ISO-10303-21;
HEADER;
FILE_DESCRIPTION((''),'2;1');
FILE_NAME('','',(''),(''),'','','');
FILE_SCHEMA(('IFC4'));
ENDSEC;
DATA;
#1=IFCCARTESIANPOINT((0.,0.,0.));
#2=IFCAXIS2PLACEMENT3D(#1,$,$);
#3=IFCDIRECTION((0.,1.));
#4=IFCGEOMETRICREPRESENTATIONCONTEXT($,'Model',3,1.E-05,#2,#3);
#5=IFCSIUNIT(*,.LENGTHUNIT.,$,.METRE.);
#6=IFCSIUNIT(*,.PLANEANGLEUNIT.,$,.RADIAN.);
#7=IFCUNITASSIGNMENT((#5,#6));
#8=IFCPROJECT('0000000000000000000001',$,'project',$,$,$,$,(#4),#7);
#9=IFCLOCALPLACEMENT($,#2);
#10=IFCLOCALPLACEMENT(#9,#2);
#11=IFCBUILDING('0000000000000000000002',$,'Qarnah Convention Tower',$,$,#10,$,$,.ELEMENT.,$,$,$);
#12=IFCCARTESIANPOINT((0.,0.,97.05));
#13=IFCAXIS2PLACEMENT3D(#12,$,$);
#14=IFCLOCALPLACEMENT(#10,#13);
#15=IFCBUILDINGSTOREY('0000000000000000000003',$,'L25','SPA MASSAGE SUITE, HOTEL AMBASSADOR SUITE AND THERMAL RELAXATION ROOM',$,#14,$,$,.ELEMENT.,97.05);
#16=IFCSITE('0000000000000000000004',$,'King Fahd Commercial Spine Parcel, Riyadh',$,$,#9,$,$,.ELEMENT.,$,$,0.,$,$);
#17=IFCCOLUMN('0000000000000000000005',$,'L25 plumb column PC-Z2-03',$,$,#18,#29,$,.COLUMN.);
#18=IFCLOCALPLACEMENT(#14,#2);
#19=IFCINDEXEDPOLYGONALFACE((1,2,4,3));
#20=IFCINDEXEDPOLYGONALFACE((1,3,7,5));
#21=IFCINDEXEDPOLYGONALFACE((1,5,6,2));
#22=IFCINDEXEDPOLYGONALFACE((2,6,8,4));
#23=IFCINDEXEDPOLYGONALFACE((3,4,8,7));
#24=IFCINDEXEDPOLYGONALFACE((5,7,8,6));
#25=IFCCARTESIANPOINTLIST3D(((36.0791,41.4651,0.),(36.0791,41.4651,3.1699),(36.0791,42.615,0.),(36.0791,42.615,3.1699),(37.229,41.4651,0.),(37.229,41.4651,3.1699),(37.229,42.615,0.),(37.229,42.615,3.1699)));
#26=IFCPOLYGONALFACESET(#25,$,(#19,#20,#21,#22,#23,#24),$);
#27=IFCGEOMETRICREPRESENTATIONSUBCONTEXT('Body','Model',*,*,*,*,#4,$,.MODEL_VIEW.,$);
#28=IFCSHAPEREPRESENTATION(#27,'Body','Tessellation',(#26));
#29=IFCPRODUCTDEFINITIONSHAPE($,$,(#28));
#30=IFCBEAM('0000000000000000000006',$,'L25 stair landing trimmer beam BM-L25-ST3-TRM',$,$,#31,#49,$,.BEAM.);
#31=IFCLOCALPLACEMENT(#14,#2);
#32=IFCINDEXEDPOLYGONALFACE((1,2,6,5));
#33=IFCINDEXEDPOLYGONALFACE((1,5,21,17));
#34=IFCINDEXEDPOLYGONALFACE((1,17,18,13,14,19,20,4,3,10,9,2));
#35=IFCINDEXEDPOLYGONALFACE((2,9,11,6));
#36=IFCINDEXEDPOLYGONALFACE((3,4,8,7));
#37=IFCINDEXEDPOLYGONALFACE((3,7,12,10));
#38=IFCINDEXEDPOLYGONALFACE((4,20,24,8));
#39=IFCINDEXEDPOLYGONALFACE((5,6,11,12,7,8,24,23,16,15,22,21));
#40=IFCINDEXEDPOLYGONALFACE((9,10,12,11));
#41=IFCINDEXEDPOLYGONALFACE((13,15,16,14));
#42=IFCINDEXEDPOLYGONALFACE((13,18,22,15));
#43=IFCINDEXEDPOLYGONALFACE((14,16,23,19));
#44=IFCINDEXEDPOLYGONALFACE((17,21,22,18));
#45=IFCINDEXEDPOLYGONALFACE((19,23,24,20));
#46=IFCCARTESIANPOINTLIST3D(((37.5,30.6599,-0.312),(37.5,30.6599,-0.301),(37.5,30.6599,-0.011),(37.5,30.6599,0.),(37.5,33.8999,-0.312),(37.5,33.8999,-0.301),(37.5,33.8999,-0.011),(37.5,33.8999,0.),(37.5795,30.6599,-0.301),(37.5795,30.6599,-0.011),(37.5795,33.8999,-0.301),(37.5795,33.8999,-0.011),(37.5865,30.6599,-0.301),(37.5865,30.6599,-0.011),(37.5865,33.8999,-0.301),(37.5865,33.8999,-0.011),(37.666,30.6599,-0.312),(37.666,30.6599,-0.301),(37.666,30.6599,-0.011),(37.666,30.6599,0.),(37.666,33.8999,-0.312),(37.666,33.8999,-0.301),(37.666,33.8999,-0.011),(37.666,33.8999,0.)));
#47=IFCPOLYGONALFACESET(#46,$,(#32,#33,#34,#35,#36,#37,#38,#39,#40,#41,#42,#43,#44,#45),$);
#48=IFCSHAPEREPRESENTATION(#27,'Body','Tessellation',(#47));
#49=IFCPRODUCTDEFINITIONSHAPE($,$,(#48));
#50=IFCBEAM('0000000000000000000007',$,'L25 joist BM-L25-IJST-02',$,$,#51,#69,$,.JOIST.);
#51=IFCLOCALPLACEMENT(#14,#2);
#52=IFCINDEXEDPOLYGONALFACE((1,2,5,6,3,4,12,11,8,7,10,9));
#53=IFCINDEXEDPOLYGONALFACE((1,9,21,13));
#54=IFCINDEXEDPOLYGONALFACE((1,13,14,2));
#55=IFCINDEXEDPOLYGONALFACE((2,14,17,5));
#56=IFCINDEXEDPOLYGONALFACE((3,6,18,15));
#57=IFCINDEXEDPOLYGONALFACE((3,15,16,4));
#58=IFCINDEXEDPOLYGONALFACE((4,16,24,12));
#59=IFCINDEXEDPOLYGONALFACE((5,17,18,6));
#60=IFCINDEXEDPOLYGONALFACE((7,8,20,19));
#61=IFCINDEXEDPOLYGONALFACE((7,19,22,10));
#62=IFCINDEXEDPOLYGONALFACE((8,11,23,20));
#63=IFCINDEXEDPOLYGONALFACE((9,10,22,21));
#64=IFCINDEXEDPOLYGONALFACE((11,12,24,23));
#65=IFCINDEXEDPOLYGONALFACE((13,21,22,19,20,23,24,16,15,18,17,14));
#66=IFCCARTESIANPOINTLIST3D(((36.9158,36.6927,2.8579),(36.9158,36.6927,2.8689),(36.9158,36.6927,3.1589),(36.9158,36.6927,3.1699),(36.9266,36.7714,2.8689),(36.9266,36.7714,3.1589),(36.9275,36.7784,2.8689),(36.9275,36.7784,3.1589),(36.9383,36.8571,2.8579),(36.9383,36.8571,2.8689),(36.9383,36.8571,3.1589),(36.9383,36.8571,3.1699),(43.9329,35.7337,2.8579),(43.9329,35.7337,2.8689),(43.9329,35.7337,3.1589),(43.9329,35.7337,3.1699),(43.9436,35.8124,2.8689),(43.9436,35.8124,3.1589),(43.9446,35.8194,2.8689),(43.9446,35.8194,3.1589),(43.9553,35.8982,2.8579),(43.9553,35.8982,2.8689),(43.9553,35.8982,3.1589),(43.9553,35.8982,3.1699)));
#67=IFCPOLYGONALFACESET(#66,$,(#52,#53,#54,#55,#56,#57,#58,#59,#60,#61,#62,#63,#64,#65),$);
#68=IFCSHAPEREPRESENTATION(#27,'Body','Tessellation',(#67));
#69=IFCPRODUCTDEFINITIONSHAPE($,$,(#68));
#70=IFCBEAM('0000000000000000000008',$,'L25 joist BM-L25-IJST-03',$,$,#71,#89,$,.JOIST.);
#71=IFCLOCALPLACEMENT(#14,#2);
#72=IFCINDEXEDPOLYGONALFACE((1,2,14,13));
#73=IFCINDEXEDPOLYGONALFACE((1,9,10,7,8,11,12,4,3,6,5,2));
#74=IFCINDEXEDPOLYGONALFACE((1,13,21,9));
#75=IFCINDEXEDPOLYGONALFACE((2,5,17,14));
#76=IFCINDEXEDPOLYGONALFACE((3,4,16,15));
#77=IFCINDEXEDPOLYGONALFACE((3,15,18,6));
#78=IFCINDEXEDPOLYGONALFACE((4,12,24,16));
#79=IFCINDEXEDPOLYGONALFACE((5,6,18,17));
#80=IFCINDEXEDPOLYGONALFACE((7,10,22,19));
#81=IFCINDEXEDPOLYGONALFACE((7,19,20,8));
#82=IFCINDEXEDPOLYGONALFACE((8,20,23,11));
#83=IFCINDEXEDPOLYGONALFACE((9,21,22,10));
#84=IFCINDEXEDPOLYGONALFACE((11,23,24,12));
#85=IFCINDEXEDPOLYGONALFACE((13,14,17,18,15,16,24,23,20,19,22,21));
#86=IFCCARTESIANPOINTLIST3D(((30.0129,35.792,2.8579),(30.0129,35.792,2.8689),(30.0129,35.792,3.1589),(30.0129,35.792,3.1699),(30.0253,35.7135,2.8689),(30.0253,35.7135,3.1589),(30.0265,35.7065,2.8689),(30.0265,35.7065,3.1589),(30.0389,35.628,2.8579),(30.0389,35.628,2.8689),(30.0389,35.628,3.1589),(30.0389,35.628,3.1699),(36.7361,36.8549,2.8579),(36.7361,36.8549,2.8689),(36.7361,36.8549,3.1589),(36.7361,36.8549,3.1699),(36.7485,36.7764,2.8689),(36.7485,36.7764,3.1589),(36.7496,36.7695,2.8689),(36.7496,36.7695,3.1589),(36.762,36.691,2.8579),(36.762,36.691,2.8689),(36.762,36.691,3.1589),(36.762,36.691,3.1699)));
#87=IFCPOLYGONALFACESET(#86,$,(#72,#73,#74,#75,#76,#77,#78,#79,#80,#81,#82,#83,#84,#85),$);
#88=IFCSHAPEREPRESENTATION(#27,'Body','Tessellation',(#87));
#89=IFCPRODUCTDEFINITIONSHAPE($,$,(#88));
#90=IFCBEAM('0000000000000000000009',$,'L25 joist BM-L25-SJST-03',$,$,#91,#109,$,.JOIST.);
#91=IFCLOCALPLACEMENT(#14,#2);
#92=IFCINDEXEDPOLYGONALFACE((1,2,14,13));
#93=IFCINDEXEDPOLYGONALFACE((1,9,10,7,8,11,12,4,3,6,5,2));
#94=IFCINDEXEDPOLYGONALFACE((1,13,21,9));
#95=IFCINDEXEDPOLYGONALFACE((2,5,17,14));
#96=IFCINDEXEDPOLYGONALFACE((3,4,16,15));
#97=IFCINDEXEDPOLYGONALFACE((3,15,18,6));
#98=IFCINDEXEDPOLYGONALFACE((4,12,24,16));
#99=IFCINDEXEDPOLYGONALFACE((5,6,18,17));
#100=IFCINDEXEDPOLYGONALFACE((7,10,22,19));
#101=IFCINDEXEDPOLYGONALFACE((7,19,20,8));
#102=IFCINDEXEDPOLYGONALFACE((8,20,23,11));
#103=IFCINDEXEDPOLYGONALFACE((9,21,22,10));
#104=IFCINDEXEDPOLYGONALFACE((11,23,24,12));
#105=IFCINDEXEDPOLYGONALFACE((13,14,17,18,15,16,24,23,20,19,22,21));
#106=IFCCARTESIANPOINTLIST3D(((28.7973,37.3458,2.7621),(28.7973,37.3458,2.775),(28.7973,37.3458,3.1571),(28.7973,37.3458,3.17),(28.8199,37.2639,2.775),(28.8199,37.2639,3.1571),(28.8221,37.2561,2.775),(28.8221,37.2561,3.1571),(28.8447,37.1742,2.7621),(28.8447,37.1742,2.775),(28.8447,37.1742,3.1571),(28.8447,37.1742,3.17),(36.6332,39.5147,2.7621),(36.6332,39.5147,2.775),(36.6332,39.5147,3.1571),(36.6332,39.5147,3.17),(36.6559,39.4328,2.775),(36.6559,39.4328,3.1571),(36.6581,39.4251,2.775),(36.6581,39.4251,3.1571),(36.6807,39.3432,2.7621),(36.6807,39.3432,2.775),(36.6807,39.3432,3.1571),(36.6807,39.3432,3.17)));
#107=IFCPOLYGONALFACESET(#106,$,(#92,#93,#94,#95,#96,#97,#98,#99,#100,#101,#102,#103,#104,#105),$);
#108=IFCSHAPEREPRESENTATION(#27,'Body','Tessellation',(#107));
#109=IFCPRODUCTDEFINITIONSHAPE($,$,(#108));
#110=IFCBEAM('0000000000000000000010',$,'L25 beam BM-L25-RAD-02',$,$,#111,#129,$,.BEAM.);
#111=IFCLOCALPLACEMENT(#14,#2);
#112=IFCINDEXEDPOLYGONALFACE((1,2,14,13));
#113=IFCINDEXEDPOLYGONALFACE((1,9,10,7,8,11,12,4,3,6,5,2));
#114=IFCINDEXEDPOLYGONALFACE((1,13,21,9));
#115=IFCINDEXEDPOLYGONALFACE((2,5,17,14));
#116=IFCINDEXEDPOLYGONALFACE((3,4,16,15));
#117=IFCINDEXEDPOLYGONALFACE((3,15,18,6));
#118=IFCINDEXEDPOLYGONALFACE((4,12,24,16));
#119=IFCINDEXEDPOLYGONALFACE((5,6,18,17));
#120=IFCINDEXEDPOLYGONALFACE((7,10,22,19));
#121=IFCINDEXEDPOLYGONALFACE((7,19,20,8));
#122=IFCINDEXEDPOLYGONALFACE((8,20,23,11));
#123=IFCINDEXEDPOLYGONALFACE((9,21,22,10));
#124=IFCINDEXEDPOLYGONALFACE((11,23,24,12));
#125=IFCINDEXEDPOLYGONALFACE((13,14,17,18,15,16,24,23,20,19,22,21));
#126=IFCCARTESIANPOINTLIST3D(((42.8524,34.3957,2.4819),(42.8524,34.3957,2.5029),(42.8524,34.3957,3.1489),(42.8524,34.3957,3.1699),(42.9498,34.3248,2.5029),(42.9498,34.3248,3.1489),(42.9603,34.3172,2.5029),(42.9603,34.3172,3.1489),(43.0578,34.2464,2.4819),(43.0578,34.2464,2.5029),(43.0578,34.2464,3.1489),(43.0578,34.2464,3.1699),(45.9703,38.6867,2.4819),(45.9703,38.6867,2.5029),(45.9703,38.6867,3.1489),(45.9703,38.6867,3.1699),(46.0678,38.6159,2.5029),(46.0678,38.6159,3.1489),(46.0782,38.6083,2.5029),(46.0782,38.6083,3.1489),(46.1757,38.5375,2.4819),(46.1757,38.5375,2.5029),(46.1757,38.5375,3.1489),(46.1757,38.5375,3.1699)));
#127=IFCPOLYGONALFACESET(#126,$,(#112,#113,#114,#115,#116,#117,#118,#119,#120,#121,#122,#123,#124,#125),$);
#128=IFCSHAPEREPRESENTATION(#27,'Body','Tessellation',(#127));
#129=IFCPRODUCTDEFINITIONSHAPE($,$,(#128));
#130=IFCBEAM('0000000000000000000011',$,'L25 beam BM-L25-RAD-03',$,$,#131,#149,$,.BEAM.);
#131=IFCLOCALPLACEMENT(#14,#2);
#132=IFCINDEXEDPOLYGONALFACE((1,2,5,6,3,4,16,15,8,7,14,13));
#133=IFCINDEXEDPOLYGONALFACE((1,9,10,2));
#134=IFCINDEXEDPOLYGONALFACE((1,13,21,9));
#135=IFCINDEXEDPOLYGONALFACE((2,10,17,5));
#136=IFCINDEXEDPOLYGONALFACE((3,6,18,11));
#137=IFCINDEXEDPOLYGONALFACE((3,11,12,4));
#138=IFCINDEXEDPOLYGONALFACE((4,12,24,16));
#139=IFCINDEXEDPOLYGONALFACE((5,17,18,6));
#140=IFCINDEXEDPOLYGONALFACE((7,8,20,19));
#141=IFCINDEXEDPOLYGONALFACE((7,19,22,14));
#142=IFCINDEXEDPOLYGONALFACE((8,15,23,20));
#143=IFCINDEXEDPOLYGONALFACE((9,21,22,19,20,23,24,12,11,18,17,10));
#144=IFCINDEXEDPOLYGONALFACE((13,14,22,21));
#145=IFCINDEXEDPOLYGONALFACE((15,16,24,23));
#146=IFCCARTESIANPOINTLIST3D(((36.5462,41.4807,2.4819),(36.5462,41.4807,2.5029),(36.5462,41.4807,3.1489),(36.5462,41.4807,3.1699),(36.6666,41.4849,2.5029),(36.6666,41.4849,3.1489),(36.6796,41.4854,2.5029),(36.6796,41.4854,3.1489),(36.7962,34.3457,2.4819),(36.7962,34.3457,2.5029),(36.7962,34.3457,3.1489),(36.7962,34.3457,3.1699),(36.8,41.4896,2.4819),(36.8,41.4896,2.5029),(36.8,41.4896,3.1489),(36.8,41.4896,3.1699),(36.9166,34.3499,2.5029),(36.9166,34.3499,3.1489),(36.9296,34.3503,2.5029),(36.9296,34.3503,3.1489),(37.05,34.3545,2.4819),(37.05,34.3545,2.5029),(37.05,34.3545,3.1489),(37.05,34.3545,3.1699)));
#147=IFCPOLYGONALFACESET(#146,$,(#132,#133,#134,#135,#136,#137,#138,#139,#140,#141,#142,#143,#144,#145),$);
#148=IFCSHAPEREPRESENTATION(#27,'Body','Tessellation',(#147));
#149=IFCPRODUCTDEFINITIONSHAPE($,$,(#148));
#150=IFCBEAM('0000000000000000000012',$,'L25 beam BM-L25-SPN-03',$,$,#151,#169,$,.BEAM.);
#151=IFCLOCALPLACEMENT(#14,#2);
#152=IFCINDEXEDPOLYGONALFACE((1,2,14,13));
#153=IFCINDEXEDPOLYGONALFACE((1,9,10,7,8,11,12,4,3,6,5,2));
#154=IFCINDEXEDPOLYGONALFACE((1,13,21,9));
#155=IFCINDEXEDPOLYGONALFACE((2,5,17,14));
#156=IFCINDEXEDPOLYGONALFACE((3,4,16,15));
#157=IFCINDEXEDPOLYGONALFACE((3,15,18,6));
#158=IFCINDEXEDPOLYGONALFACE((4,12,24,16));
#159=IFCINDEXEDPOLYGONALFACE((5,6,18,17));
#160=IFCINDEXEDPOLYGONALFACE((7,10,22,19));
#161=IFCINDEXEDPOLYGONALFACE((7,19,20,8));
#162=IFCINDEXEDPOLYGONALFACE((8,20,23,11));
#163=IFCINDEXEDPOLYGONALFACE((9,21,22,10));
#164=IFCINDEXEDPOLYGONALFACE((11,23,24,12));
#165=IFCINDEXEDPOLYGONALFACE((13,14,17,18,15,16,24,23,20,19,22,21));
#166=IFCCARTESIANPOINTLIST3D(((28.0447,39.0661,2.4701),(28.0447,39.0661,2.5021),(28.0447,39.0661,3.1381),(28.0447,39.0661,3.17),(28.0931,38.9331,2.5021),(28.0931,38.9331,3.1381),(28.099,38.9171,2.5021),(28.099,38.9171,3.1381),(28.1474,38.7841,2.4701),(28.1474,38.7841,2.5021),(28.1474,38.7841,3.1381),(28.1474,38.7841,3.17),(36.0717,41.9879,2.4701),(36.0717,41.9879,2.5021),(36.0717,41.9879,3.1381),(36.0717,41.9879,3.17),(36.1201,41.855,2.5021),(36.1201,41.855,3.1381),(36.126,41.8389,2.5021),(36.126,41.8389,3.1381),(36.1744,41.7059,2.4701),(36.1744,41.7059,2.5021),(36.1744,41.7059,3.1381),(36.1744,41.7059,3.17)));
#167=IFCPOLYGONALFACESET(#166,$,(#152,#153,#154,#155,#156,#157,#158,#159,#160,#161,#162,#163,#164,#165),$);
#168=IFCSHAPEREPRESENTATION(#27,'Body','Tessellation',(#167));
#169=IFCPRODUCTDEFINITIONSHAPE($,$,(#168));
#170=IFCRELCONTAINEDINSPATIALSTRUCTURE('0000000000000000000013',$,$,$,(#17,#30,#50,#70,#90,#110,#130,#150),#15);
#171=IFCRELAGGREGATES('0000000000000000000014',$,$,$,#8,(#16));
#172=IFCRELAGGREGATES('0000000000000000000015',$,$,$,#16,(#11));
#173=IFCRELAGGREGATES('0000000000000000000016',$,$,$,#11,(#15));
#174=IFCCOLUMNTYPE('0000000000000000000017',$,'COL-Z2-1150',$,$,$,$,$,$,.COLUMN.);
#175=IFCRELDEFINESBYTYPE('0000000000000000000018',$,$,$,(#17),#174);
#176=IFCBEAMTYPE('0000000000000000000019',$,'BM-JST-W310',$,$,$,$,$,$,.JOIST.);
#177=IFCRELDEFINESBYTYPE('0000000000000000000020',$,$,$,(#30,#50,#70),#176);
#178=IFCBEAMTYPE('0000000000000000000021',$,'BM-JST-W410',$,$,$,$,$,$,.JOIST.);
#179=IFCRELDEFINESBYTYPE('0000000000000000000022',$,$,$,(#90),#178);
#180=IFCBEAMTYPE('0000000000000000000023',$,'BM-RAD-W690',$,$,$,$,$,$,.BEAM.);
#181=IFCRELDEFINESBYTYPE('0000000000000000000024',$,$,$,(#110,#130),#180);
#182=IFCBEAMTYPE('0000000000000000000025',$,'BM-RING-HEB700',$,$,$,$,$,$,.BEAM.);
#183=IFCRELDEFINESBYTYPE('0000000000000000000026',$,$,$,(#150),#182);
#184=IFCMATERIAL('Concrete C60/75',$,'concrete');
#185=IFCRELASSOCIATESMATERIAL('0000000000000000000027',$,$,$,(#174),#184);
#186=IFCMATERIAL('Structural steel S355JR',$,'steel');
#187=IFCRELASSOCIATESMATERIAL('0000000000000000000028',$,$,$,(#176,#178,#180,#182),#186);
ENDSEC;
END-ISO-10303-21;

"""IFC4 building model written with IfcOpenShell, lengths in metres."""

from ifc_helpers import new_model, si_unit, direction, frame, origin, origin_2d, place, context, subcontext, project, spatial, rectangle, i_section, extrude, material, material_profile, profile_set, type_object, element, save


model = new_model("IFC4")

# Units and contexts
model_context = context("Model", 3, precision=1e-05, world=origin(), true_north=direction((0.0, 1.0)))
body_context = subcontext(model_context, "Body", "Model", "MODEL_VIEW")
ifc_project = project(units=[si_unit("LENGTHUNIT", "METRE"), si_unit("PLANEANGLEUNIT", "RADIAN")], contexts=[model_context])

# Site, building, storey
site_placement = place(None, origin())
site = spatial("IfcSite", under=ifc_project, at=site_placement, Name="King Fahd Commercial Spine Parcel, Riyadh", CompositionType="ELEMENT", RefElevation=0.0)
building_placement = place(site_placement, origin())
building = spatial("IfcBuilding", under=site, at=building_placement, Name="Qarnah Convention Tower", CompositionType="ELEMENT")
storey_placement = place(building_placement, frame((0.0, 0.0, 97.05)))
storey = spatial("IfcBuildingStorey", under=building, at=storey_placement, Name="L25", Description="SPA MASSAGE SUITE, HOTEL AMBASSADOR SUITE AND THERMAL RELAXATION ROOM", CompositionType="ELEMENT", Elevation=97.05)

# Column
ifc_material_1 = material(Name="Concrete C60/75", Category="concrete")
ifc_material_profile_1 = material_profile(ifc_material_1, rectangle(XDim=1.1499, YDim=1.1499, at=origin_2d()), Name="RC-COL-1150X1150")
ifc_profile_set_1 = profile_set([ifc_material_profile_1], Name="Concrete C60/75")
column_type = type_object("IfcColumnType", Name="COL-Z2-1150", PredefinedType="COLUMN", material=ifc_profile_set_1)
column_placement = place(storey_placement, frame((36.6541, 42.04, 0.0), z_axis=(0.0, 0.0, 1.0), x_axis=(1.0, 0.0, 0.0)))
element("IfcColumn", 1, at=column_placement, inside=storey, type_object=column_type, Name="L25 plumb column PC-Z2-03", PredefinedType="COLUMN", context=body_context, shape_type="SweptSolid", body=[
    extrude(rectangle(XDim=1.1499, YDim=1.1499, at=origin_2d()), origin(), (0.0, 0.0, 1.0), 3.1699),
])

# Beams
ifc_material_2 = material(Name="Structural steel S355JR", Category="steel")
ifc_material_profile_2 = material_profile(ifc_material_2, i_section(OverallWidth=0.166, OverallDepth=0.312, WebThickness=0.0071, FlangeThickness=0.011, at=origin_2d()), Name="W310X45")
ifc_profile_set_2 = profile_set([ifc_material_profile_2], Name="Structural steel S355JR")
beam_type_1 = type_object("IfcBeamType", Name="BM-JST-W310", PredefinedType="JOIST", material=ifc_profile_set_2)
beam_1_placement = place(storey_placement, frame((37.583, 30.6599, -0.156), z_axis=(0.0, 1.0, 0.0), x_axis=(-1.0, 0.0, 0.0)))
element("IfcBeam", 2, at=beam_1_placement, inside=storey, type_object=beam_type_1, Name="L25 stair landing trimmer beam BM-L25-ST3-TRM", PredefinedType="BEAM", context=body_context, shape_type="SweptSolid", body=[
    extrude(i_section(OverallWidth=0.166, OverallDepth=0.312, WebThickness=0.0071, FlangeThickness=0.011, at=origin_2d()), origin(), (0.0, 0.0, 1.0), 3.24),
])
beam_2_placement = place(storey_placement, frame((43.9441, 35.8159, 3.0139), z_axis=(-0.99079, 0.135405, 0.0), x_axis=(-0.135405, -0.99079, 0.0)))
element("IfcBeam", 3, at=beam_2_placement, inside=storey, type_object=beam_type_1, Name="L25 joist BM-L25-IJST-02", PredefinedType="JOIST", context=body_context, shape_type="SweptSolid", body=[
    extrude(i_section(OverallWidth=0.166, OverallDepth=0.312, WebThickness=0.0071, FlangeThickness=0.011, at=origin_2d()), origin(), (0.0, 0.0, 1.0), 7.0823),
])
beam_3_placement = place(storey_placement, frame((36.749, 36.7729, 3.0139), z_axis=(-0.98773, -0.156169, 0.0), x_axis=(0.156169, -0.98773, 0.0)))
element("IfcBeam", 4, at=beam_3_placement, inside=storey, type_object=beam_type_1, Name="L25 joist BM-L25-IJST-03", PredefinedType="JOIST", context=body_context, shape_type="SweptSolid", body=[
    extrude(i_section(OverallWidth=0.166, OverallDepth=0.312, WebThickness=0.0071, FlangeThickness=0.011, at=origin_2d()), origin(), (0.0, 0.0, 1.0), 6.8066),
])
ifc_material_profile_3 = material_profile(ifc_material_2, i_section(OverallWidth=0.178, OverallDepth=0.408, WebThickness=0.0081, FlangeThickness=0.0129, at=origin_2d()), Name="W410X60")
ifc_profile_set_3 = profile_set([ifc_material_profile_3], Name="Structural steel S355JR")
beam_type_2 = type_object("IfcBeamType", Name="BM-JST-W410", PredefinedType="JOIST", material=ifc_profile_set_3)
beam_4_placement = place(storey_placement, frame((36.657, 39.429, 2.9661), z_axis=(-0.963762, -0.266764, 0.0), x_axis=(0.266764, -0.963762, 0.0)))
element("IfcBeam", 5, at=beam_4_placement, inside=storey, type_object=beam_type_2, Name="L25 joist BM-L25-SJST-03", PredefinedType="JOIST", context=body_context, shape_type="SweptSolid", body=[
    extrude(i_section(OverallWidth=0.178, OverallDepth=0.408, WebThickness=0.0081, FlangeThickness=0.0129, at=origin_2d()), origin(), (0.0, 0.0, 1.0), 8.1306),
])
ifc_material_profile_4 = material_profile(ifc_material_2, i_section(OverallWidth=0.2539, OverallDepth=0.688, WebThickness=0.0129, FlangeThickness=0.021, at=origin_2d()), Name="W690X152")
ifc_profile_set_4 = profile_set([ifc_material_profile_4], Name="Structural steel S355JR")
beam_type_3 = type_object("IfcBeamType", Name="BM-RAD-W690", PredefinedType="BEAM", material=ifc_profile_set_4)
beam_5_placement = place(storey_placement, frame((42.9551, 34.321, 2.8259), z_axis=(0.587824, 0.808989, 0.0), x_axis=(-0.808989, 0.587824, 0.0)))
element("IfcBeam", 6, at=beam_5_placement, inside=storey, type_object=beam_type_3, Name="L25 beam BM-L25-RAD-02", PredefinedType="BEAM", context=body_context, shape_type="SweptSolid", body=[
    extrude(i_section(OverallWidth=0.2539, OverallDepth=0.688, WebThickness=0.0129, FlangeThickness=0.021, at=origin_2d()), origin(), (0.0, 0.0, 1.0), 5.3042),
])
beam_6_placement = place(storey_placement, frame((36.9231, 34.3501, 2.8259), z_axis=(-0.035017, 0.999387, 0.0), x_axis=(-0.999387, -0.035017, 0.0)))
element("IfcBeam", 7, at=beam_6_placement, inside=storey, type_object=beam_type_3, Name="L25 beam BM-L25-RAD-03", PredefinedType="BEAM", context=body_context, shape_type="SweptSolid", body=[
    extrude(i_section(OverallWidth=0.2539, OverallDepth=0.688, WebThickness=0.0129, FlangeThickness=0.021, at=origin_2d()), origin(), (0.0, 0.0, 1.0), 7.1394),
])
ifc_material_profile_5 = material_profile(ifc_material_2, i_section(OverallWidth=0.3, OverallDepth=0.7, WebThickness=0.0171, FlangeThickness=0.032, at=origin_2d()), Name="HEB700")
ifc_profile_set_5 = profile_set([ifc_material_profile_5], Name="Structural steel S355JR")
beam_type_4 = type_object("IfcBeamType", Name="BM-RING-HEB700", PredefinedType="BEAM", material=ifc_profile_set_5)
beam_7_placement = place(storey_placement, frame((36.123, 41.8469, 2.8201), z_axis=(-0.939683, -0.342046, 0.0), x_axis=(0.342046, -0.939683, 0.0)))
element("IfcBeam", 8, at=beam_7_placement, inside=storey, type_object=beam_type_4, Name="L25 beam BM-L25-SPN-03", PredefinedType="BEAM", context=body_context, shape_type="SweptSolid", body=[
    extrude(i_section(OverallWidth=0.3, OverallDepth=0.7, WebThickness=0.0171, FlangeThickness=0.032, at=origin_2d()), origin(), (0.0, 0.0, 1.0), 8.5422),
])

save(model, "model.ifc")
